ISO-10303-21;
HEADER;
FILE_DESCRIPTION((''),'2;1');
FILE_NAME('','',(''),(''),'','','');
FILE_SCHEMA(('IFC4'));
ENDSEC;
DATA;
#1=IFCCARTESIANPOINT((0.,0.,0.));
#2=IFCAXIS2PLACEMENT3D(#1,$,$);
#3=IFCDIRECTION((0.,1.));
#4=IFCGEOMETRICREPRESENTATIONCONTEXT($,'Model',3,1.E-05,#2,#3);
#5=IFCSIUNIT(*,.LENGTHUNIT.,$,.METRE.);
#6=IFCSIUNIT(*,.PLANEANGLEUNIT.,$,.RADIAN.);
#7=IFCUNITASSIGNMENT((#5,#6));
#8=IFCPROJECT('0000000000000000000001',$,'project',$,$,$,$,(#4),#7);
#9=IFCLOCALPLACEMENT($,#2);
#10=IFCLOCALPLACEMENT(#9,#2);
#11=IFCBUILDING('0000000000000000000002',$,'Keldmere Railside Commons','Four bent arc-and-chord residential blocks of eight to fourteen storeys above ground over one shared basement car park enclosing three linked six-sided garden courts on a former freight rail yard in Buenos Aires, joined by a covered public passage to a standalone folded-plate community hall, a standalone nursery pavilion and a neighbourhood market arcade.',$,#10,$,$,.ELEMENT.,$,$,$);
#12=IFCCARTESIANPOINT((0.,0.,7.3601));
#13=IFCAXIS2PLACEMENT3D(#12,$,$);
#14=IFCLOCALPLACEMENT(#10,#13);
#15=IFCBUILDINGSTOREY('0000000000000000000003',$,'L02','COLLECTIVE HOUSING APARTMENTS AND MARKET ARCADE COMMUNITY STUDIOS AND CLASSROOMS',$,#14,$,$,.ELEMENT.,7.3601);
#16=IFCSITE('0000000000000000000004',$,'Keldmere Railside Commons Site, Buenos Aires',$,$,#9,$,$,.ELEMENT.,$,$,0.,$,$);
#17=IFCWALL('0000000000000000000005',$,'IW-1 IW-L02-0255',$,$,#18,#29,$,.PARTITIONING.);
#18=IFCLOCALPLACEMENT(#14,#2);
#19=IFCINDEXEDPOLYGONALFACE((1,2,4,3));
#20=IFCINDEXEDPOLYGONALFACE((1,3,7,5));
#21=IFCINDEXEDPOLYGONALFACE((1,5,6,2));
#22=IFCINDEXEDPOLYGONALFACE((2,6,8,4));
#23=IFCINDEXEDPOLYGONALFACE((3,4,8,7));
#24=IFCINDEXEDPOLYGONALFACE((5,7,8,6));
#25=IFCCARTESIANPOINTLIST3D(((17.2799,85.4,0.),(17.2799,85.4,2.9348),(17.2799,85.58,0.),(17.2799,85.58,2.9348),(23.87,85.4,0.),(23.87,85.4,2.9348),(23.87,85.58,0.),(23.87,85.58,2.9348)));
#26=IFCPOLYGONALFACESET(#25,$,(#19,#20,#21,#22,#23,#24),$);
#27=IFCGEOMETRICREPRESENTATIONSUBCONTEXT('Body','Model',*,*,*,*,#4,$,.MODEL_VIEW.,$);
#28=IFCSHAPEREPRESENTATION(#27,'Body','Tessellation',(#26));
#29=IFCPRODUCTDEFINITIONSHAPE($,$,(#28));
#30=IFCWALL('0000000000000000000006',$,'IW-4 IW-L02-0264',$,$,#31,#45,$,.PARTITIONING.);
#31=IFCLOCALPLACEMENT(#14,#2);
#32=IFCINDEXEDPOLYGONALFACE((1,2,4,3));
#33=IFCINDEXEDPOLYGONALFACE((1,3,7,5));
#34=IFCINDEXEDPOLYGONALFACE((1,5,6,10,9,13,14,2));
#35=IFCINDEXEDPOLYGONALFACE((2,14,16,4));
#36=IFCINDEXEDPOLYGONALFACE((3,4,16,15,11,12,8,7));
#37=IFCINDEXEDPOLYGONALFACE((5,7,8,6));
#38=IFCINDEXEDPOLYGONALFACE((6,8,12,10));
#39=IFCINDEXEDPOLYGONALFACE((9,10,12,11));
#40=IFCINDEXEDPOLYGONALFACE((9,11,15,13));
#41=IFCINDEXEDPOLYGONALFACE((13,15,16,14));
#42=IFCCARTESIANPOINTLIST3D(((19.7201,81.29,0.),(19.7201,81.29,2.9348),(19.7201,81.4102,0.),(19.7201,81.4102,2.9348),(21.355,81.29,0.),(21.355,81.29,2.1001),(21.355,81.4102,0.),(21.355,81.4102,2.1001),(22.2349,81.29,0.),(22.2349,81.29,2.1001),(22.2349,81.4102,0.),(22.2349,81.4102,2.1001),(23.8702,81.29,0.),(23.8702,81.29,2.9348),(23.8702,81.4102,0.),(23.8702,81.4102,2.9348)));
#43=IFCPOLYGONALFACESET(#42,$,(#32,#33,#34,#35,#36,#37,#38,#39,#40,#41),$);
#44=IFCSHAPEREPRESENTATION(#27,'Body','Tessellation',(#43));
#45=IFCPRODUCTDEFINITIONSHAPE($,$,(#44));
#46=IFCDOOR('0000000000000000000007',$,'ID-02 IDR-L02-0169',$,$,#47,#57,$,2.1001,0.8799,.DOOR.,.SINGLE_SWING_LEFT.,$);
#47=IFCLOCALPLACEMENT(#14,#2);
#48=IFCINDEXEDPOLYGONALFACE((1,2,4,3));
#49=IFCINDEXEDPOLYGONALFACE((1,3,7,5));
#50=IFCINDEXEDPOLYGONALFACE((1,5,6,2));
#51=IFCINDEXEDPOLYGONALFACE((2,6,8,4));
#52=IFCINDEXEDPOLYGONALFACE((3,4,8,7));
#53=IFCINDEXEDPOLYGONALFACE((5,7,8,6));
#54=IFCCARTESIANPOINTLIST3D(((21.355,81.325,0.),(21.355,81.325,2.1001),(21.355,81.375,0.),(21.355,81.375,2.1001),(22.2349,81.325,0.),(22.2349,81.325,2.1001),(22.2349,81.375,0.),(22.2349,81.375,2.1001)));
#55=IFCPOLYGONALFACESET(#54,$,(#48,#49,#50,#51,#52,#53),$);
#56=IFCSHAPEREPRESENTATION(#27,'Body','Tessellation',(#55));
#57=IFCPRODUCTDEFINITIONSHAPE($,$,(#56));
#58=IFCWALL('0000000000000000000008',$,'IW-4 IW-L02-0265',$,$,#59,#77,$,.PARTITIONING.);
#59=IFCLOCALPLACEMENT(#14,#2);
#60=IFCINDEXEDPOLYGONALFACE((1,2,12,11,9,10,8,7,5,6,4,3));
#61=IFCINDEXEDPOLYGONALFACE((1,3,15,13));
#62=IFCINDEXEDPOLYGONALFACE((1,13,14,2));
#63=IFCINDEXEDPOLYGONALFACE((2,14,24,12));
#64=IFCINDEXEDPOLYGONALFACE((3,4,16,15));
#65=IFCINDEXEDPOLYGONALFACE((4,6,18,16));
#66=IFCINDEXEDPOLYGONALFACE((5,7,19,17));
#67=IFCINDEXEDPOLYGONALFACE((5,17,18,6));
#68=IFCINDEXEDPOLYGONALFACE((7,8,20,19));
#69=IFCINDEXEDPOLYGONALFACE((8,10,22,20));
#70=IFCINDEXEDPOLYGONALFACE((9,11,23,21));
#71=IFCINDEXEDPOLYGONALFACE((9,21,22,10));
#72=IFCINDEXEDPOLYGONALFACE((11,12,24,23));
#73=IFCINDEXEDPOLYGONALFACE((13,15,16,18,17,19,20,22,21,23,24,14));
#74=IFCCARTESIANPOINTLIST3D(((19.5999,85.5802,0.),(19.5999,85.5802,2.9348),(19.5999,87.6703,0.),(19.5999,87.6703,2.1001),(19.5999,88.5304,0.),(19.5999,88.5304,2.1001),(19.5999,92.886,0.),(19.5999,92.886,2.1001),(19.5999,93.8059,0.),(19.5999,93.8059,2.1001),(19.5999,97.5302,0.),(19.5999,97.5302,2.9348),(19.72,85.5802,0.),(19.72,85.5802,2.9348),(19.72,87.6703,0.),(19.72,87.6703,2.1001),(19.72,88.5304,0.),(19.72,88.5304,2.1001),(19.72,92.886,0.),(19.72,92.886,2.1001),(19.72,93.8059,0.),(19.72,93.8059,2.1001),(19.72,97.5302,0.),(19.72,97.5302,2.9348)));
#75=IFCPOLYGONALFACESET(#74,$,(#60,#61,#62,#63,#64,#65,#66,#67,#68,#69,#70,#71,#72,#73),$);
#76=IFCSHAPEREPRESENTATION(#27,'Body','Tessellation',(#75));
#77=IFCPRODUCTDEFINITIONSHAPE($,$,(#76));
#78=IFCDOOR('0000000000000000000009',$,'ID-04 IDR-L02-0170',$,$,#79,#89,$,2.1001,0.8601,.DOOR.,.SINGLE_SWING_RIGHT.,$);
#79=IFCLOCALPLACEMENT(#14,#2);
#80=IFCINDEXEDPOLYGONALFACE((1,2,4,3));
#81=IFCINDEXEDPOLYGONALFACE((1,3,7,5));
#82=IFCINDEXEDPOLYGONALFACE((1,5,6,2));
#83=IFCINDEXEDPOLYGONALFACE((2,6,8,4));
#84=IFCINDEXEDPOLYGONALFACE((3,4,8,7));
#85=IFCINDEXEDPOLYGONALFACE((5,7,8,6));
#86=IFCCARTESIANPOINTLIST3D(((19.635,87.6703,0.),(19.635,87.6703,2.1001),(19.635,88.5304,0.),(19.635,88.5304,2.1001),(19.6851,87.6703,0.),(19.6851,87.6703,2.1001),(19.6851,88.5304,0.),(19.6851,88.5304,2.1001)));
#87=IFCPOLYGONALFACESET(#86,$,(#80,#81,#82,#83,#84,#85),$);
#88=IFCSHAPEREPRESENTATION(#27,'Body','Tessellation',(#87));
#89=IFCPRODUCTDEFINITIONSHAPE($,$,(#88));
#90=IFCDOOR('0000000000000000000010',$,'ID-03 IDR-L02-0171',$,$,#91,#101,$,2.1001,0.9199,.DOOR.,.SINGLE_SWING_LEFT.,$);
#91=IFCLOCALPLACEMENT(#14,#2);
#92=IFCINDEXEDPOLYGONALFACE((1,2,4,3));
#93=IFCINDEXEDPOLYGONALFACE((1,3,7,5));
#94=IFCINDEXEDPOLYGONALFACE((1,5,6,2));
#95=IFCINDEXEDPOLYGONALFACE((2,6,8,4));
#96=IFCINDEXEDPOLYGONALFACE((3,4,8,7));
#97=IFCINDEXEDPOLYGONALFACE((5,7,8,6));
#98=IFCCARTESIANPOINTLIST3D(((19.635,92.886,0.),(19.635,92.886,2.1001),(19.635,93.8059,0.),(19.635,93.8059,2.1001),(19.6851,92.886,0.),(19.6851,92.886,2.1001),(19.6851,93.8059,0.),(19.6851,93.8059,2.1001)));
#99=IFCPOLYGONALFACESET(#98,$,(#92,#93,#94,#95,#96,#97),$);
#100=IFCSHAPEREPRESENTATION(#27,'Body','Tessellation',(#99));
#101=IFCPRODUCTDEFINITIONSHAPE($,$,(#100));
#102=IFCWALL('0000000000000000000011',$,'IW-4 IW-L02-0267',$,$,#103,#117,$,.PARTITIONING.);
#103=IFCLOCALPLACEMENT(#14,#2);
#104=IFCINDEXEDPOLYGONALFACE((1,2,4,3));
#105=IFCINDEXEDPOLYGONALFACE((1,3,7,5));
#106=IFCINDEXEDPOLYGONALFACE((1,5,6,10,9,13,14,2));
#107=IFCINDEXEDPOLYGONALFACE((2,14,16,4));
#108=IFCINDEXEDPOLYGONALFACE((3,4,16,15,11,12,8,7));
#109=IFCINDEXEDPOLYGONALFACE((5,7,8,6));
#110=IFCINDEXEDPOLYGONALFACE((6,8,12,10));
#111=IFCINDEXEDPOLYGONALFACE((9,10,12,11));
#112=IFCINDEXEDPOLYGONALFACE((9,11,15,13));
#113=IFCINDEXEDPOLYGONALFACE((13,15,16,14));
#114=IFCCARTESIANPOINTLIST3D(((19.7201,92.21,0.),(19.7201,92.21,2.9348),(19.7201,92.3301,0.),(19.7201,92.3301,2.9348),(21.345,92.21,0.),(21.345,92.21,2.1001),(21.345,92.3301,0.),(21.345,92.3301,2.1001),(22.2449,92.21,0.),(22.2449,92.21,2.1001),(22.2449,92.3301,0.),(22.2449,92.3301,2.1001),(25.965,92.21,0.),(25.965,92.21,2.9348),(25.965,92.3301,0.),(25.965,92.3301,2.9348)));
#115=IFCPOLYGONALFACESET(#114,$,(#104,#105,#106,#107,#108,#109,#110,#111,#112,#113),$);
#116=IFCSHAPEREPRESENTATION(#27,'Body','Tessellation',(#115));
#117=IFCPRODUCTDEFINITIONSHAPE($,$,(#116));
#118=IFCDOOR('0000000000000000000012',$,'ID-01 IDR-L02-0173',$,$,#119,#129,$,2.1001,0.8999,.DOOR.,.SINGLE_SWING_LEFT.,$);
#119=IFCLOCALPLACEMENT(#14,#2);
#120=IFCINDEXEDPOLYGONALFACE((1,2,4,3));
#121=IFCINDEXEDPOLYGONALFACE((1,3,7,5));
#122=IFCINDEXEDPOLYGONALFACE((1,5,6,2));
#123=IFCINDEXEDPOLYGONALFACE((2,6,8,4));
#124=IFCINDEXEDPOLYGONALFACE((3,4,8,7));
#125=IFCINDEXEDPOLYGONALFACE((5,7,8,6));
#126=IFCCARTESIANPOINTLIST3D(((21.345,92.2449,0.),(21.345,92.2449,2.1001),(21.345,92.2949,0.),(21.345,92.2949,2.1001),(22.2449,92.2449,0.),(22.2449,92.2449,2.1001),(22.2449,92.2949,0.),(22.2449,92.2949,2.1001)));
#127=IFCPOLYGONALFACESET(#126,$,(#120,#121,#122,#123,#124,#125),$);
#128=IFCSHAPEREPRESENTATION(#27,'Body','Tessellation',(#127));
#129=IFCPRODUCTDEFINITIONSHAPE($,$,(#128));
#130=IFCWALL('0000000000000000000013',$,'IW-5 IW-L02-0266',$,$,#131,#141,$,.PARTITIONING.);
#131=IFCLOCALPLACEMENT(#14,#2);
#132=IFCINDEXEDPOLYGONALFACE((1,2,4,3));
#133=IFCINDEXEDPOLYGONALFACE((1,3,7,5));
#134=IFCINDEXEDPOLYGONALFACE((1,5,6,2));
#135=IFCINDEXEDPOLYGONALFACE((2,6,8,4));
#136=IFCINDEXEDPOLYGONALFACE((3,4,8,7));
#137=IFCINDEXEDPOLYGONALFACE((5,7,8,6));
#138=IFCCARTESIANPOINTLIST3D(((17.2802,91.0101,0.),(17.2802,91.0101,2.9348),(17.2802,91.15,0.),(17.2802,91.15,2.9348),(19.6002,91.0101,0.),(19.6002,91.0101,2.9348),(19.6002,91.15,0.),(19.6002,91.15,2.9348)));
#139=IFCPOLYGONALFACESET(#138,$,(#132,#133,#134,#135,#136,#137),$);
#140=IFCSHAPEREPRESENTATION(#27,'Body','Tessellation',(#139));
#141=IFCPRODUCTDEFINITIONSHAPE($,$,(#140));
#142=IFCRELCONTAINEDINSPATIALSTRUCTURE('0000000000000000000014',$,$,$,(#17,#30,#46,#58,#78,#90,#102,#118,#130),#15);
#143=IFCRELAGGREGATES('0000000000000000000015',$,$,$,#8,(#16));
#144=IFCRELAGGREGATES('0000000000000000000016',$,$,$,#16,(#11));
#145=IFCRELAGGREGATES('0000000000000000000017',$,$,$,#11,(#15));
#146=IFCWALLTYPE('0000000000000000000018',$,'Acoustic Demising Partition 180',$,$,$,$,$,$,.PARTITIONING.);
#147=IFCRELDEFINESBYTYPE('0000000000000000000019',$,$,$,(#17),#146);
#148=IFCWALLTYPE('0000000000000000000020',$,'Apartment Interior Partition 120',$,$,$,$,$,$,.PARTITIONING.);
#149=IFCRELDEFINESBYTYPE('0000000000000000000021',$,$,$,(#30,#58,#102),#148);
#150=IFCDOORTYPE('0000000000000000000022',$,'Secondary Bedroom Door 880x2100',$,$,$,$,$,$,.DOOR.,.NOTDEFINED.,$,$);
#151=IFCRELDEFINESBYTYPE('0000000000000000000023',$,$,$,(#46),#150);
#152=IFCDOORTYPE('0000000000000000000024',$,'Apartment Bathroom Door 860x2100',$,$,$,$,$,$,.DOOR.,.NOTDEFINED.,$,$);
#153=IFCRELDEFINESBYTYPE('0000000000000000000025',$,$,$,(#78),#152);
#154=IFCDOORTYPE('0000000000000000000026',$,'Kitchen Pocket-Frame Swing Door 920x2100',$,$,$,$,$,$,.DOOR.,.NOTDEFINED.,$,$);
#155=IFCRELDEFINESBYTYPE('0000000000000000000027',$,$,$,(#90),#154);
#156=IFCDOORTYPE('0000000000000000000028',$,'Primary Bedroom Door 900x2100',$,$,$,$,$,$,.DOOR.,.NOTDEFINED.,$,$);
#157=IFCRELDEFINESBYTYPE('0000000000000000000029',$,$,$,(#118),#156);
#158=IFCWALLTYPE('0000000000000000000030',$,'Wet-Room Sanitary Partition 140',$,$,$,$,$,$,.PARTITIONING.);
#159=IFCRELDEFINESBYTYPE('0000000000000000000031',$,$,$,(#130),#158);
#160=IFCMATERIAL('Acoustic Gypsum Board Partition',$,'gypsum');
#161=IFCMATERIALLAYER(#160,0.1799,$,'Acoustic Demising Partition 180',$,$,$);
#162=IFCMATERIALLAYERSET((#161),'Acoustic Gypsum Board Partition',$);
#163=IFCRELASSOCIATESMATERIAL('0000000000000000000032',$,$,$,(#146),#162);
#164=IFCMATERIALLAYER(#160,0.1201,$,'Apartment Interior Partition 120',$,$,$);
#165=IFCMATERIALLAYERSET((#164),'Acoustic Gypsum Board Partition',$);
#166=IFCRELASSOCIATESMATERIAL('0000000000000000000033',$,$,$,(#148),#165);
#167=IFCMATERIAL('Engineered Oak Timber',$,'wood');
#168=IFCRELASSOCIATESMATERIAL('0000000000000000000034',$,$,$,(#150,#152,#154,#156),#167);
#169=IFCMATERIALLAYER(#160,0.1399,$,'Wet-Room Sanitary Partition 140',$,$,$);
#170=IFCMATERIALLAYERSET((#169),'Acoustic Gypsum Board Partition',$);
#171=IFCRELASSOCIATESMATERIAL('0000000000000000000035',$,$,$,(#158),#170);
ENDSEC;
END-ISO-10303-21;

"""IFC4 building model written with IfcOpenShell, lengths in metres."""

from ifc_helpers import new_model, si_unit, direction, frame, frame_2d, origin, place, context, subcontext, project, spatial, rectangle, extrude, material, layer, layer_set, type_object, element, fill, save


model = new_model("IFC4")

# Units and contexts
model_context = context("Model", 3, precision=1e-05, world=origin(), true_north=direction((0.0, 1.0)))
body_context = subcontext(model_context, "Body", "Model", "MODEL_VIEW")
ifc_project = project(units=[si_unit("LENGTHUNIT", "METRE"), si_unit("PLANEANGLEUNIT", "RADIAN")], contexts=[model_context])

# Site, building, storey
site_placement = place(None, origin())
site = spatial("IfcSite", under=ifc_project, at=site_placement, Name="Keldmere Railside Commons Site, Buenos Aires", CompositionType="ELEMENT", RefElevation=0.0)
building_placement = place(site_placement, origin())
building = spatial("IfcBuilding", under=site, at=building_placement, Name="Keldmere Railside Commons", Description="Four bent arc-and-chord residential blocks of eight to fourteen storeys above ground over one shared basement car park enclosing three linked six-sided garden courts on a former freight rail yard in Buenos Aires, joined by a covered public passage to a standalone folded-plate community hall, a standalone nursery pavilion and a neighbourhood market arcade.", CompositionType="ELEMENT")
storey_placement = place(building_placement, frame((0.0, 0.0, 7.3601)))
storey = spatial("IfcBuildingStorey", under=building, at=storey_placement, Name="L02", Description="COLLECTIVE HOUSING APARTMENTS AND MARKET ARCADE COMMUNITY STUDIOS AND CLASSROOMS", CompositionType="ELEMENT", Elevation=7.3601)

# Wall
ifc_material_1 = material(Name="Acoustic Gypsum Board Partition", Category="gypsum")
ifc_layer_1 = layer(ifc_material_1, 0.1799, Name="Acoustic Demising Partition 180")
ifc_layer_set_1 = layer_set([ifc_layer_1], Name="Acoustic Gypsum Board Partition")
wall_type_1 = type_object("IfcWallType", Name="Acoustic Demising Partition 180", PredefinedType="PARTITIONING", material=ifc_layer_set_1)
wall_1_placement = place(storey_placement, frame((17.28, 85.49, 0.0), z_axis=(0.0, 0.0, 1.0), x_axis=(1.0, 0.0, 0.0)))
element("IfcWall", 1, at=wall_1_placement, inside=storey, type_object=wall_type_1, Name="IW-1 IW-L02-0255", PredefinedType="PARTITIONING", context=body_context, shape_type="SweptSolid", body=[
    extrude(rectangle(XDim=6.5901, YDim=0.1799, at=frame_2d((3.2949, 0.0))), origin(), (0.0, 0.0, 1.0), 2.9348),
])

# Wall, opening, door
ifc_layer_2 = layer(ifc_material_1, 0.1201, Name="Apartment Interior Partition 120")
ifc_layer_set_2 = layer_set([ifc_layer_2], Name="Acoustic Gypsum Board Partition")
wall_type_2 = type_object("IfcWallType", Name="Apartment Interior Partition 120", PredefinedType="PARTITIONING", material=ifc_layer_set_2)
wall_2_placement = place(storey_placement, frame((19.72, 81.3501, 0.0), z_axis=(0.0, 0.0, 1.0), x_axis=(1.0, 0.0, 0.0)))
wall_2 = element("IfcWall", 2, at=wall_2_placement, inside=storey, type_object=wall_type_2, Name="IW-4 IW-L02-0264", PredefinedType="PARTITIONING", context=body_context, shape_type="SweptSolid", body=[
    extrude(rectangle(XDim=4.1501, YDim=0.1201, at=frame_2d((2.0752, 0.0))), origin(), (0.0, 0.0, 1.0), 2.9348),
])
opening_1_placement = place(wall_2_placement, frame((1.635, 0.0, 0.0)))
opening_1 = element("IfcOpeningElement", 3, at=opening_1_placement, cuts=wall_2, PredefinedType="OPENING", context=body_context, shape_type="SweptSolid", body=[
    extrude(rectangle(XDim=0.8799, YDim=2.1001, at=frame_2d((0.4399, 1.05))), frame((0.0, 0.0701, 0.0), z_axis=(0.0, -1.0, 0.0), x_axis=(1.0, 0.0, 0.0)), (0.0, 0.0, 1.0), 0.1401),
])
ifc_material_2 = material(Name="Engineered Oak Timber", Category="wood")
door_type_1 = type_object("IfcDoorType", Name="Secondary Bedroom Door 880x2100", OperationType="NOTDEFINED", PredefinedType="DOOR", material=ifc_material_2)
door_1_placement = place(opening_1_placement, origin())
door_1 = element("IfcDoor", 4, at=door_1_placement, inside=storey, type_object=door_type_1, Name="ID-02 IDR-L02-0169", OperationType="SINGLE_SWING_LEFT", OverallHeight=2.1001, OverallWidth=0.8799, PredefinedType="DOOR", context=body_context, shape_type="SweptSolid", body=[
    extrude(rectangle(XDim=0.8799, YDim=2.1001, at=frame_2d((0.4399, 1.05))), frame((0.0, 0.0249, 0.0), z_axis=(0.0, -1.0, 0.0), x_axis=(1.0, 0.0, 0.0)), (0.0, 0.0, 1.0), 0.05),
])
fill(opening_1, door_1)

# Wall, openings, doors
wall_3_placement = place(storey_placement, frame((19.6599, 85.5801, 0.0), z_axis=(0.0, 0.0, 1.0), x_axis=(0.0, 1.0, 0.0)))
wall_3 = element("IfcWall", 5, at=wall_3_placement, inside=storey, type_object=wall_type_2, Name="IW-4 IW-L02-0265", PredefinedType="PARTITIONING", context=body_context, shape_type="SweptSolid", body=[
    extrude(rectangle(XDim=11.95, YDim=0.1201, at=frame_2d((5.9751, 0.0))), origin(), (0.0, 0.0, 1.0), 2.9348),
])
opening_2_placement = place(wall_3_placement, frame((2.0901, 0.0, 0.0)))
opening_2 = element("IfcOpeningElement", 6, at=opening_2_placement, cuts=wall_3, PredefinedType="OPENING", context=body_context, shape_type="SweptSolid", body=[
    extrude(rectangle(XDim=0.8601, YDim=2.1001, at=frame_2d((0.4302, 1.05))), frame((0.0, 0.0701, 0.0), z_axis=(0.0, -1.0, 0.0), x_axis=(1.0, 0.0, 0.0)), (0.0, 0.0, 1.0), 0.1401),
])
opening_3_placement = place(wall_3_placement, frame((7.3059, 0.0, 0.0)))
opening_3 = element("IfcOpeningElement", 7, at=opening_3_placement, cuts=wall_3, PredefinedType="OPENING", context=body_context, shape_type="SweptSolid", body=[
    extrude(rectangle(XDim=0.9199, YDim=2.1001, at=frame_2d((0.46, 1.05))), frame((0.0, 0.0701, 0.0), z_axis=(0.0, -1.0, 0.0), x_axis=(1.0, 0.0, 0.0)), (0.0, 0.0, 1.0), 0.1401),
])
door_type_2 = type_object("IfcDoorType", Name="Apartment Bathroom Door 860x2100", OperationType="NOTDEFINED", PredefinedType="DOOR", material=ifc_material_2)
door_2_placement = place(opening_2_placement, origin())
door_2 = element("IfcDoor", 8, at=door_2_placement, inside=storey, type_object=door_type_2, Name="ID-04 IDR-L02-0170", OperationType="SINGLE_SWING_RIGHT", OverallHeight=2.1001, OverallWidth=0.8601, PredefinedType="DOOR", context=body_context, shape_type="SweptSolid", body=[
    extrude(rectangle(XDim=0.8601, YDim=2.1001, at=frame_2d((0.4302, 1.05))), frame((0.0, 0.0249, 0.0), z_axis=(0.0, -1.0, 0.0), x_axis=(1.0, 0.0, 0.0)), (0.0, 0.0, 1.0), 0.05),
])
fill(opening_2, door_2)
door_type_3 = type_object("IfcDoorType", Name="Kitchen Pocket-Frame Swing Door 920x2100", OperationType="NOTDEFINED", PredefinedType="DOOR", material=ifc_material_2)
door_3_placement = place(opening_3_placement, origin())
door_3 = element("IfcDoor", 9, at=door_3_placement, inside=storey, type_object=door_type_3, Name="ID-03 IDR-L02-0171", OperationType="SINGLE_SWING_LEFT", OverallHeight=2.1001, OverallWidth=0.9199, PredefinedType="DOOR", context=body_context, shape_type="SweptSolid", body=[
    extrude(rectangle(XDim=0.9199, YDim=2.1001, at=frame_2d((0.46, 1.05))), frame((0.0, 0.0249, 0.0), z_axis=(0.0, -1.0, 0.0), x_axis=(1.0, 0.0, 0.0)), (0.0, 0.0, 1.0), 0.05),
])
fill(opening_3, door_3)

# Wall, opening, door
wall_4_placement = place(storey_placement, frame((19.72, 92.27, 0.0), z_axis=(0.0, 0.0, 1.0), x_axis=(1.0, 0.0, 0.0)))
wall_4 = element("IfcWall", 10, at=wall_4_placement, inside=storey, type_object=wall_type_2, Name="IW-4 IW-L02-0267", PredefinedType="PARTITIONING", context=body_context, shape_type="SweptSolid", body=[
    extrude(rectangle(XDim=6.2449, YDim=0.1201, at=frame_2d((3.1226, 0.0))), origin(), (0.0, 0.0, 1.0), 2.9348),
])
opening_4_placement = place(wall_4_placement, frame((1.625, 0.0, 0.0)))
opening_4 = element("IfcOpeningElement", 11, at=opening_4_placement, cuts=wall_4, PredefinedType="OPENING", context=body_context, shape_type="SweptSolid", body=[
    extrude(rectangle(XDim=0.8999, YDim=2.1001, at=frame_2d((0.45, 1.05))), frame((0.0, 0.0701, 0.0), z_axis=(0.0, -1.0, 0.0), x_axis=(1.0, 0.0, 0.0)), (0.0, 0.0, 1.0), 0.1401),
])
door_type_4 = type_object("IfcDoorType", Name="Primary Bedroom Door 900x2100", OperationType="NOTDEFINED", PredefinedType="DOOR", material=ifc_material_2)
door_4_placement = place(opening_4_placement, origin())
door_4 = element("IfcDoor", 12, at=door_4_placement, inside=storey, type_object=door_type_4, Name="ID-01 IDR-L02-0173", OperationType="SINGLE_SWING_LEFT", OverallHeight=2.1001, OverallWidth=0.8999, PredefinedType="DOOR", context=body_context, shape_type="SweptSolid", body=[
    extrude(rectangle(XDim=0.8999, YDim=2.1001, at=frame_2d((0.45, 1.05))), frame((0.0, 0.0249, 0.0), z_axis=(0.0, -1.0, 0.0), x_axis=(1.0, 0.0, 0.0)), (0.0, 0.0, 1.0), 0.05),
])
fill(opening_4, door_4)

# Wall
ifc_layer_3 = layer(ifc_material_1, 0.1399, Name="Wet-Room Sanitary Partition 140")
ifc_layer_set_3 = layer_set([ifc_layer_3], Name="Acoustic Gypsum Board Partition")
wall_type_3 = type_object("IfcWallType", Name="Wet-Room Sanitary Partition 140", PredefinedType="PARTITIONING", material=ifc_layer_set_3)
wall_5_placement = place(storey_placement, frame((17.28, 91.0801, 0.0), z_axis=(0.0, 0.0, 1.0), x_axis=(1.0, 0.0, 0.0)))
element("IfcWall", 13, at=wall_5_placement, inside=storey, type_object=wall_type_3, Name="IW-5 IW-L02-0266", PredefinedType="PARTITIONING", context=body_context, shape_type="SweptSolid", body=[
    extrude(rectangle(XDim=2.3201, YDim=0.1399, at=frame_2d((1.1602, 0.0))), origin(), (0.0, 0.0, 1.0), 2.9348),
])

save(model, "model.ifc")
